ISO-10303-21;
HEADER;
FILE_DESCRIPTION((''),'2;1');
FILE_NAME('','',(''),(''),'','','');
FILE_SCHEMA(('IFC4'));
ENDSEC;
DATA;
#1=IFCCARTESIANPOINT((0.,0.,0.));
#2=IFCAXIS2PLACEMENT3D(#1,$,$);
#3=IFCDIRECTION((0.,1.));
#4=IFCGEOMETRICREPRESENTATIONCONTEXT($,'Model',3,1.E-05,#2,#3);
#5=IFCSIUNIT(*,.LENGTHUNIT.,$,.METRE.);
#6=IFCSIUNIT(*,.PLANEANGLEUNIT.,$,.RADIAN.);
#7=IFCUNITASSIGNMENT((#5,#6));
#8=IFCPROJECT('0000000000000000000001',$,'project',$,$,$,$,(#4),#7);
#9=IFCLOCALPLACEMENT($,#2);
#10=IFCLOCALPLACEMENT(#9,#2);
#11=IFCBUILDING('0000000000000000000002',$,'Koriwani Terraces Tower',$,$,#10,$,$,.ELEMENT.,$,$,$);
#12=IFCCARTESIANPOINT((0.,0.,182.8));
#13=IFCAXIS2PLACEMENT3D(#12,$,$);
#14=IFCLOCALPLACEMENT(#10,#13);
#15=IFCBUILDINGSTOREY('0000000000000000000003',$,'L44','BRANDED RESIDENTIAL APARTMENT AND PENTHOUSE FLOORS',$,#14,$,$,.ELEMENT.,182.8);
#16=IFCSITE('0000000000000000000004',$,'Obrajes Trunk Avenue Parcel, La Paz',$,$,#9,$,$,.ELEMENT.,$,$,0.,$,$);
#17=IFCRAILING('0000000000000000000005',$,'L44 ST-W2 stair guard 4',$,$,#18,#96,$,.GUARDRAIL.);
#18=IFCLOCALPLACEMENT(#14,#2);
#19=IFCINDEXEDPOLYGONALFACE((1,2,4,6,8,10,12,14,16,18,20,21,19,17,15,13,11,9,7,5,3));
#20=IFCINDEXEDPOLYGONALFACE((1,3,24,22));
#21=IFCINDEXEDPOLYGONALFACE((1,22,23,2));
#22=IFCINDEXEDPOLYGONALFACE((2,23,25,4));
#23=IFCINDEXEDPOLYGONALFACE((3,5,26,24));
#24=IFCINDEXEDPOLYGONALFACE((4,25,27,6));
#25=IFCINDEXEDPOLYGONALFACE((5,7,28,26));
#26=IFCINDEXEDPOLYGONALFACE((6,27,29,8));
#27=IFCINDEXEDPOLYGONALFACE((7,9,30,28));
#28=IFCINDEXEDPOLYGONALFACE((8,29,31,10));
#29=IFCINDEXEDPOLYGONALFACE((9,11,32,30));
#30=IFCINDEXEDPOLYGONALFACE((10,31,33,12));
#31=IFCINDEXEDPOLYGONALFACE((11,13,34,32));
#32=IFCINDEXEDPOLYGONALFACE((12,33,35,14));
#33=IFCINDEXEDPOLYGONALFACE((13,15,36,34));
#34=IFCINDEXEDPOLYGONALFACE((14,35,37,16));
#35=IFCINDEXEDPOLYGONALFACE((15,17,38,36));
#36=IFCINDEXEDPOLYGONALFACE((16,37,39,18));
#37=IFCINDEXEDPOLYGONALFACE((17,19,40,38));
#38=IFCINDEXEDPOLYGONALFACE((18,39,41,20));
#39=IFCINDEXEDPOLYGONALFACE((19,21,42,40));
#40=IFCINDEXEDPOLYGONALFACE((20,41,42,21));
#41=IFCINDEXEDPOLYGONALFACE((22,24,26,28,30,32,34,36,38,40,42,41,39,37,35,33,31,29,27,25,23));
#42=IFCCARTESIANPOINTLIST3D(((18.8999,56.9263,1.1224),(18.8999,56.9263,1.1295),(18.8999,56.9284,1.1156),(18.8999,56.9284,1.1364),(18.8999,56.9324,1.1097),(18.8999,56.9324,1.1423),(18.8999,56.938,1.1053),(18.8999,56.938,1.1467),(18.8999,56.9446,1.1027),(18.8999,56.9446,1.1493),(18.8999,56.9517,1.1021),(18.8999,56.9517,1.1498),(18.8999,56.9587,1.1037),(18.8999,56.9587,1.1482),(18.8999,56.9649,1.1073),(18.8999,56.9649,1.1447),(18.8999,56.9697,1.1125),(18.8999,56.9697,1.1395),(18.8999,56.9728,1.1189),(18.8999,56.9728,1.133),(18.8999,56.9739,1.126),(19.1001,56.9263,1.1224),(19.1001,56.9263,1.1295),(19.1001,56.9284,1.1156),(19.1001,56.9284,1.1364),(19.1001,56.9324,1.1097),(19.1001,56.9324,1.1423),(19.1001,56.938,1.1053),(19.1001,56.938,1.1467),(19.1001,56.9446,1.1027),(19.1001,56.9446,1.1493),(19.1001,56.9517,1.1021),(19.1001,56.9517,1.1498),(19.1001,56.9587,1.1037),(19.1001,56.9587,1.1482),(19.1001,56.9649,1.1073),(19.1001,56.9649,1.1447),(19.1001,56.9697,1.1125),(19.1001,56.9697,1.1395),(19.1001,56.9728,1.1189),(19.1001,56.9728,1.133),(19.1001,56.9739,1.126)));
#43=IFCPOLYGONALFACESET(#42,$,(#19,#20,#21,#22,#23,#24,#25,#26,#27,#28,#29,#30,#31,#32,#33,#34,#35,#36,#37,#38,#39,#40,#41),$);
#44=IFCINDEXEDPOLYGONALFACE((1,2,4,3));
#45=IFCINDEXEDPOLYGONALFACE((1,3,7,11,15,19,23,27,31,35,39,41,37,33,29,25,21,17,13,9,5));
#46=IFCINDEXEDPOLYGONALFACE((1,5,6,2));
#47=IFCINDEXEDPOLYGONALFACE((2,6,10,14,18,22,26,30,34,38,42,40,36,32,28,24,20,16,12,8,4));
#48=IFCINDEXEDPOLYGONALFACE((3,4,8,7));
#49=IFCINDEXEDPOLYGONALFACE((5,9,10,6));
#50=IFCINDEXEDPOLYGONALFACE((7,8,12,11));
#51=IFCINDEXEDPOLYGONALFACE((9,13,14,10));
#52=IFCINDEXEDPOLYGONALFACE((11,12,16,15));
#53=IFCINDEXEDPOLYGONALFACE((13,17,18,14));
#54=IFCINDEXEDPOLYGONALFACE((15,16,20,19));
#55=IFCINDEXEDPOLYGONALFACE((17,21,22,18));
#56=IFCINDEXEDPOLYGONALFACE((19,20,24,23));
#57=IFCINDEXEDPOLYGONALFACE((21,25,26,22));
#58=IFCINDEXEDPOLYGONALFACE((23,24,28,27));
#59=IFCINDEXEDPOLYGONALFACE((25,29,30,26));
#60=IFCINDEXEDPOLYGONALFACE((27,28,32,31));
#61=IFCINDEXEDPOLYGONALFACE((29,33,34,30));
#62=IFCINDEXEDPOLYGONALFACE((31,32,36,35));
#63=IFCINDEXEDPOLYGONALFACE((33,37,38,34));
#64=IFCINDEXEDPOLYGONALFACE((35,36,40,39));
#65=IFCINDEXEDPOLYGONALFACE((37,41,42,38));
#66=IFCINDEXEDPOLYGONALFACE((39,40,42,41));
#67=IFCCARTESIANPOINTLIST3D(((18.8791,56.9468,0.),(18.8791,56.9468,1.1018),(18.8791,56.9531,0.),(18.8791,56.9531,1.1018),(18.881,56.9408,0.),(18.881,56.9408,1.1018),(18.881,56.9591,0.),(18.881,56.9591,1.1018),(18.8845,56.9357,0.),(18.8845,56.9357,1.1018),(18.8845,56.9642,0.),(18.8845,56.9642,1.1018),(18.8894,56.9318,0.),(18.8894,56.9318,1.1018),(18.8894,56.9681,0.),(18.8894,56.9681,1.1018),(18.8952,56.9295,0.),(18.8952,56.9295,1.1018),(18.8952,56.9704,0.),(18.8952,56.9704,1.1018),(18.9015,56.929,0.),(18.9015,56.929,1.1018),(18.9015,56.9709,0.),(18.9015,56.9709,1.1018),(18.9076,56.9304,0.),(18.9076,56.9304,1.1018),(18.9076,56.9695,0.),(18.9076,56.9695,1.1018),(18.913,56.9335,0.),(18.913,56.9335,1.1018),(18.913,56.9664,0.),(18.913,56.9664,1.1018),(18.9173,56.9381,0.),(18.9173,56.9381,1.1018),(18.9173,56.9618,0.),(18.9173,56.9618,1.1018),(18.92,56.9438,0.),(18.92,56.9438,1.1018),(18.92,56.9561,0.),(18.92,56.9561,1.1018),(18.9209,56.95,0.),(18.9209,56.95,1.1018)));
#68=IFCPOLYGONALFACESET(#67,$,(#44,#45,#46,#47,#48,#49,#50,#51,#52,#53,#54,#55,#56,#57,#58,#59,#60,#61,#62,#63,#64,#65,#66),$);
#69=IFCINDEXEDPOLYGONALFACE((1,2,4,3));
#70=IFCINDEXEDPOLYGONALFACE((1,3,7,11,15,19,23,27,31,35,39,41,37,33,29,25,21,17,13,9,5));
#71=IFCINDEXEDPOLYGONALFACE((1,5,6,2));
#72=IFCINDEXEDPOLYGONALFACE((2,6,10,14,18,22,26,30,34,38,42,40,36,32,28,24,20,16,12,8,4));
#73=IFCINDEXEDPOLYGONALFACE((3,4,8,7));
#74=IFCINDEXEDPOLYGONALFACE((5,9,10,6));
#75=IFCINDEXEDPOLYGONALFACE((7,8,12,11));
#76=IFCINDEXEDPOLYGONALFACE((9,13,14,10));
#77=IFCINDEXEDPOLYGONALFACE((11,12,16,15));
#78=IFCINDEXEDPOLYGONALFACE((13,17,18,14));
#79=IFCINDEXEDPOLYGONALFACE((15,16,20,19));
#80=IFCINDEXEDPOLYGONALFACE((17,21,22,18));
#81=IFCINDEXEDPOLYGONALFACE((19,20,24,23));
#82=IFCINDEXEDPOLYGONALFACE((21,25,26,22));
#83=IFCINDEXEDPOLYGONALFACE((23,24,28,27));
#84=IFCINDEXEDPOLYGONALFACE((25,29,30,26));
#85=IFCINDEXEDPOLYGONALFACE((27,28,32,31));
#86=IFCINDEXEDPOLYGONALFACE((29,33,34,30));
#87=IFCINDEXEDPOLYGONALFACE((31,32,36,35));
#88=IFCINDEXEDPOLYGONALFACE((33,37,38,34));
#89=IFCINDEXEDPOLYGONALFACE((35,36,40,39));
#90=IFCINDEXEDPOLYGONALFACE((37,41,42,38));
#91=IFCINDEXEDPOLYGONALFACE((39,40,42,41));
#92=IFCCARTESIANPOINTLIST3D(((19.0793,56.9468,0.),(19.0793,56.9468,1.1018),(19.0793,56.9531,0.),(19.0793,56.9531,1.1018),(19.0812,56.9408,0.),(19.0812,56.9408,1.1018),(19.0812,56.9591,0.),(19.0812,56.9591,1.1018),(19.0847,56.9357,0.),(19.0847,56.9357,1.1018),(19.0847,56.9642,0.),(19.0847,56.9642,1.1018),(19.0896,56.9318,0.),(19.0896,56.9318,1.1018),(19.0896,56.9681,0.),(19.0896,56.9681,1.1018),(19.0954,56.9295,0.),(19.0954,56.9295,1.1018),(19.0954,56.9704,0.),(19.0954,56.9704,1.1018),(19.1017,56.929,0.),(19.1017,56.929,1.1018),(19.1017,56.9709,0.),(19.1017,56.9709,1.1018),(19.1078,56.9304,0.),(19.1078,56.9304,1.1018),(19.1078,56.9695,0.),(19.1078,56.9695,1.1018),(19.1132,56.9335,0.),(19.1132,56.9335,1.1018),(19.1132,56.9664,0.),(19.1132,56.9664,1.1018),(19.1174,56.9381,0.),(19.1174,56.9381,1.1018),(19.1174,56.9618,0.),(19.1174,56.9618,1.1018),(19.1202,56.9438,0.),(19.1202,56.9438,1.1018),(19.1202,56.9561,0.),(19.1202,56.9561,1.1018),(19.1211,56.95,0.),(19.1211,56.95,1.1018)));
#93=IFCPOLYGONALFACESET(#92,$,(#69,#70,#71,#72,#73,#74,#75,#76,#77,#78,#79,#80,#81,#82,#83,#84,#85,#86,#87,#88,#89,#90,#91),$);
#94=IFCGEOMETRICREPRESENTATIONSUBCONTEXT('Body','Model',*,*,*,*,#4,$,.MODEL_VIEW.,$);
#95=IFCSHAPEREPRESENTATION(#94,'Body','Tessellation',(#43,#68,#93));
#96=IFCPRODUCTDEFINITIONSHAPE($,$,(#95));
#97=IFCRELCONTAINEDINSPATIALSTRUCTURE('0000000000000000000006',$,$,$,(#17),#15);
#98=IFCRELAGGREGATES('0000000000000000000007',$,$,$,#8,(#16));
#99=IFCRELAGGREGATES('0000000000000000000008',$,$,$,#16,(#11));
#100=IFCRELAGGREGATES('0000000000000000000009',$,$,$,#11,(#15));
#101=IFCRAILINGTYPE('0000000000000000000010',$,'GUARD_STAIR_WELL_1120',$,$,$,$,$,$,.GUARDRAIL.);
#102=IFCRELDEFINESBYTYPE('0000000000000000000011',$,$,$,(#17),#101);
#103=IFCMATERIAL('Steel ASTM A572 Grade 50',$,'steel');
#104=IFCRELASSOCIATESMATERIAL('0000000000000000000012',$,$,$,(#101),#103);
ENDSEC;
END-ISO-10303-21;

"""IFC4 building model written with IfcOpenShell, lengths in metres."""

from ifc_helpers import new_model, si_unit, direction, frame, origin, origin_2d, place, context, subcontext, project, spatial, circle, extrude, material, type_object, element, save


model = new_model("IFC4")

# Units and contexts
model_context = context("Model", 3, precision=1e-05, world=origin(), true_north=direction((0.0, 1.0)))
body_context = subcontext(model_context, "Body", "Model", "MODEL_VIEW")
ifc_project = project(units=[si_unit("LENGTHUNIT", "METRE"), si_unit("PLANEANGLEUNIT", "RADIAN")], contexts=[model_context])

# Site, building, storey
site_placement = place(None, origin())
site = spatial("IfcSite", under=ifc_project, at=site_placement, Name="Obrajes Trunk Avenue Parcel, La Paz", CompositionType="ELEMENT", RefElevation=0.0)
building_placement = place(site_placement, origin())
building = spatial("IfcBuilding", under=site, at=building_placement, Name="Koriwani Terraces Tower", CompositionType="ELEMENT")
storey_placement = place(building_placement, frame((0.0, 0.0, 182.8)))
storey = spatial("IfcBuildingStorey", under=building, at=storey_placement, Name="L44", Description="BRANDED RESIDENTIAL APARTMENT AND PENTHOUSE FLOORS", CompositionType="ELEMENT", Elevation=182.8)

# Shared definitions
ifc_material_1 = material(Name="Steel ASTM A572 Grade 50", Category="steel")

# Railing
railing_type_1 = type_object("IfcRailingType", Name="GUARD_STAIR_WELL_1120", PredefinedType="GUARDRAIL", material=ifc_material_1)
railing_1_placement = place(storey_placement, frame((18.8999, 56.95, 0.0)))
element("IfcRailing", 1, at=railing_1_placement, inside=storey, type_object=railing_type_1, Name="L44 ST-W2 stair guard 4", PredefinedType="GUARDRAIL", context=body_context, shape_type="SweptSolid", body=[
    extrude(circle(Radius=0.0239, at=origin_2d()), frame((0.0, 0.0, 1.126), z_axis=(1.0, 0.0, 0.0), x_axis=(0.0, 1.0, 0.0)), (0.0, 0.0, 1.0), 0.2002),
    extrude(circle(Radius=0.021, at=origin_2d()), origin(), (0.0, 0.0, 1.0), 1.1018),
    extrude(circle(Radius=0.021, at=origin_2d()), frame((0.2002, 0.0, 0.0)), (0.0, 0.0, 1.0), 1.1018),
])

save(model, "model.ifc")
